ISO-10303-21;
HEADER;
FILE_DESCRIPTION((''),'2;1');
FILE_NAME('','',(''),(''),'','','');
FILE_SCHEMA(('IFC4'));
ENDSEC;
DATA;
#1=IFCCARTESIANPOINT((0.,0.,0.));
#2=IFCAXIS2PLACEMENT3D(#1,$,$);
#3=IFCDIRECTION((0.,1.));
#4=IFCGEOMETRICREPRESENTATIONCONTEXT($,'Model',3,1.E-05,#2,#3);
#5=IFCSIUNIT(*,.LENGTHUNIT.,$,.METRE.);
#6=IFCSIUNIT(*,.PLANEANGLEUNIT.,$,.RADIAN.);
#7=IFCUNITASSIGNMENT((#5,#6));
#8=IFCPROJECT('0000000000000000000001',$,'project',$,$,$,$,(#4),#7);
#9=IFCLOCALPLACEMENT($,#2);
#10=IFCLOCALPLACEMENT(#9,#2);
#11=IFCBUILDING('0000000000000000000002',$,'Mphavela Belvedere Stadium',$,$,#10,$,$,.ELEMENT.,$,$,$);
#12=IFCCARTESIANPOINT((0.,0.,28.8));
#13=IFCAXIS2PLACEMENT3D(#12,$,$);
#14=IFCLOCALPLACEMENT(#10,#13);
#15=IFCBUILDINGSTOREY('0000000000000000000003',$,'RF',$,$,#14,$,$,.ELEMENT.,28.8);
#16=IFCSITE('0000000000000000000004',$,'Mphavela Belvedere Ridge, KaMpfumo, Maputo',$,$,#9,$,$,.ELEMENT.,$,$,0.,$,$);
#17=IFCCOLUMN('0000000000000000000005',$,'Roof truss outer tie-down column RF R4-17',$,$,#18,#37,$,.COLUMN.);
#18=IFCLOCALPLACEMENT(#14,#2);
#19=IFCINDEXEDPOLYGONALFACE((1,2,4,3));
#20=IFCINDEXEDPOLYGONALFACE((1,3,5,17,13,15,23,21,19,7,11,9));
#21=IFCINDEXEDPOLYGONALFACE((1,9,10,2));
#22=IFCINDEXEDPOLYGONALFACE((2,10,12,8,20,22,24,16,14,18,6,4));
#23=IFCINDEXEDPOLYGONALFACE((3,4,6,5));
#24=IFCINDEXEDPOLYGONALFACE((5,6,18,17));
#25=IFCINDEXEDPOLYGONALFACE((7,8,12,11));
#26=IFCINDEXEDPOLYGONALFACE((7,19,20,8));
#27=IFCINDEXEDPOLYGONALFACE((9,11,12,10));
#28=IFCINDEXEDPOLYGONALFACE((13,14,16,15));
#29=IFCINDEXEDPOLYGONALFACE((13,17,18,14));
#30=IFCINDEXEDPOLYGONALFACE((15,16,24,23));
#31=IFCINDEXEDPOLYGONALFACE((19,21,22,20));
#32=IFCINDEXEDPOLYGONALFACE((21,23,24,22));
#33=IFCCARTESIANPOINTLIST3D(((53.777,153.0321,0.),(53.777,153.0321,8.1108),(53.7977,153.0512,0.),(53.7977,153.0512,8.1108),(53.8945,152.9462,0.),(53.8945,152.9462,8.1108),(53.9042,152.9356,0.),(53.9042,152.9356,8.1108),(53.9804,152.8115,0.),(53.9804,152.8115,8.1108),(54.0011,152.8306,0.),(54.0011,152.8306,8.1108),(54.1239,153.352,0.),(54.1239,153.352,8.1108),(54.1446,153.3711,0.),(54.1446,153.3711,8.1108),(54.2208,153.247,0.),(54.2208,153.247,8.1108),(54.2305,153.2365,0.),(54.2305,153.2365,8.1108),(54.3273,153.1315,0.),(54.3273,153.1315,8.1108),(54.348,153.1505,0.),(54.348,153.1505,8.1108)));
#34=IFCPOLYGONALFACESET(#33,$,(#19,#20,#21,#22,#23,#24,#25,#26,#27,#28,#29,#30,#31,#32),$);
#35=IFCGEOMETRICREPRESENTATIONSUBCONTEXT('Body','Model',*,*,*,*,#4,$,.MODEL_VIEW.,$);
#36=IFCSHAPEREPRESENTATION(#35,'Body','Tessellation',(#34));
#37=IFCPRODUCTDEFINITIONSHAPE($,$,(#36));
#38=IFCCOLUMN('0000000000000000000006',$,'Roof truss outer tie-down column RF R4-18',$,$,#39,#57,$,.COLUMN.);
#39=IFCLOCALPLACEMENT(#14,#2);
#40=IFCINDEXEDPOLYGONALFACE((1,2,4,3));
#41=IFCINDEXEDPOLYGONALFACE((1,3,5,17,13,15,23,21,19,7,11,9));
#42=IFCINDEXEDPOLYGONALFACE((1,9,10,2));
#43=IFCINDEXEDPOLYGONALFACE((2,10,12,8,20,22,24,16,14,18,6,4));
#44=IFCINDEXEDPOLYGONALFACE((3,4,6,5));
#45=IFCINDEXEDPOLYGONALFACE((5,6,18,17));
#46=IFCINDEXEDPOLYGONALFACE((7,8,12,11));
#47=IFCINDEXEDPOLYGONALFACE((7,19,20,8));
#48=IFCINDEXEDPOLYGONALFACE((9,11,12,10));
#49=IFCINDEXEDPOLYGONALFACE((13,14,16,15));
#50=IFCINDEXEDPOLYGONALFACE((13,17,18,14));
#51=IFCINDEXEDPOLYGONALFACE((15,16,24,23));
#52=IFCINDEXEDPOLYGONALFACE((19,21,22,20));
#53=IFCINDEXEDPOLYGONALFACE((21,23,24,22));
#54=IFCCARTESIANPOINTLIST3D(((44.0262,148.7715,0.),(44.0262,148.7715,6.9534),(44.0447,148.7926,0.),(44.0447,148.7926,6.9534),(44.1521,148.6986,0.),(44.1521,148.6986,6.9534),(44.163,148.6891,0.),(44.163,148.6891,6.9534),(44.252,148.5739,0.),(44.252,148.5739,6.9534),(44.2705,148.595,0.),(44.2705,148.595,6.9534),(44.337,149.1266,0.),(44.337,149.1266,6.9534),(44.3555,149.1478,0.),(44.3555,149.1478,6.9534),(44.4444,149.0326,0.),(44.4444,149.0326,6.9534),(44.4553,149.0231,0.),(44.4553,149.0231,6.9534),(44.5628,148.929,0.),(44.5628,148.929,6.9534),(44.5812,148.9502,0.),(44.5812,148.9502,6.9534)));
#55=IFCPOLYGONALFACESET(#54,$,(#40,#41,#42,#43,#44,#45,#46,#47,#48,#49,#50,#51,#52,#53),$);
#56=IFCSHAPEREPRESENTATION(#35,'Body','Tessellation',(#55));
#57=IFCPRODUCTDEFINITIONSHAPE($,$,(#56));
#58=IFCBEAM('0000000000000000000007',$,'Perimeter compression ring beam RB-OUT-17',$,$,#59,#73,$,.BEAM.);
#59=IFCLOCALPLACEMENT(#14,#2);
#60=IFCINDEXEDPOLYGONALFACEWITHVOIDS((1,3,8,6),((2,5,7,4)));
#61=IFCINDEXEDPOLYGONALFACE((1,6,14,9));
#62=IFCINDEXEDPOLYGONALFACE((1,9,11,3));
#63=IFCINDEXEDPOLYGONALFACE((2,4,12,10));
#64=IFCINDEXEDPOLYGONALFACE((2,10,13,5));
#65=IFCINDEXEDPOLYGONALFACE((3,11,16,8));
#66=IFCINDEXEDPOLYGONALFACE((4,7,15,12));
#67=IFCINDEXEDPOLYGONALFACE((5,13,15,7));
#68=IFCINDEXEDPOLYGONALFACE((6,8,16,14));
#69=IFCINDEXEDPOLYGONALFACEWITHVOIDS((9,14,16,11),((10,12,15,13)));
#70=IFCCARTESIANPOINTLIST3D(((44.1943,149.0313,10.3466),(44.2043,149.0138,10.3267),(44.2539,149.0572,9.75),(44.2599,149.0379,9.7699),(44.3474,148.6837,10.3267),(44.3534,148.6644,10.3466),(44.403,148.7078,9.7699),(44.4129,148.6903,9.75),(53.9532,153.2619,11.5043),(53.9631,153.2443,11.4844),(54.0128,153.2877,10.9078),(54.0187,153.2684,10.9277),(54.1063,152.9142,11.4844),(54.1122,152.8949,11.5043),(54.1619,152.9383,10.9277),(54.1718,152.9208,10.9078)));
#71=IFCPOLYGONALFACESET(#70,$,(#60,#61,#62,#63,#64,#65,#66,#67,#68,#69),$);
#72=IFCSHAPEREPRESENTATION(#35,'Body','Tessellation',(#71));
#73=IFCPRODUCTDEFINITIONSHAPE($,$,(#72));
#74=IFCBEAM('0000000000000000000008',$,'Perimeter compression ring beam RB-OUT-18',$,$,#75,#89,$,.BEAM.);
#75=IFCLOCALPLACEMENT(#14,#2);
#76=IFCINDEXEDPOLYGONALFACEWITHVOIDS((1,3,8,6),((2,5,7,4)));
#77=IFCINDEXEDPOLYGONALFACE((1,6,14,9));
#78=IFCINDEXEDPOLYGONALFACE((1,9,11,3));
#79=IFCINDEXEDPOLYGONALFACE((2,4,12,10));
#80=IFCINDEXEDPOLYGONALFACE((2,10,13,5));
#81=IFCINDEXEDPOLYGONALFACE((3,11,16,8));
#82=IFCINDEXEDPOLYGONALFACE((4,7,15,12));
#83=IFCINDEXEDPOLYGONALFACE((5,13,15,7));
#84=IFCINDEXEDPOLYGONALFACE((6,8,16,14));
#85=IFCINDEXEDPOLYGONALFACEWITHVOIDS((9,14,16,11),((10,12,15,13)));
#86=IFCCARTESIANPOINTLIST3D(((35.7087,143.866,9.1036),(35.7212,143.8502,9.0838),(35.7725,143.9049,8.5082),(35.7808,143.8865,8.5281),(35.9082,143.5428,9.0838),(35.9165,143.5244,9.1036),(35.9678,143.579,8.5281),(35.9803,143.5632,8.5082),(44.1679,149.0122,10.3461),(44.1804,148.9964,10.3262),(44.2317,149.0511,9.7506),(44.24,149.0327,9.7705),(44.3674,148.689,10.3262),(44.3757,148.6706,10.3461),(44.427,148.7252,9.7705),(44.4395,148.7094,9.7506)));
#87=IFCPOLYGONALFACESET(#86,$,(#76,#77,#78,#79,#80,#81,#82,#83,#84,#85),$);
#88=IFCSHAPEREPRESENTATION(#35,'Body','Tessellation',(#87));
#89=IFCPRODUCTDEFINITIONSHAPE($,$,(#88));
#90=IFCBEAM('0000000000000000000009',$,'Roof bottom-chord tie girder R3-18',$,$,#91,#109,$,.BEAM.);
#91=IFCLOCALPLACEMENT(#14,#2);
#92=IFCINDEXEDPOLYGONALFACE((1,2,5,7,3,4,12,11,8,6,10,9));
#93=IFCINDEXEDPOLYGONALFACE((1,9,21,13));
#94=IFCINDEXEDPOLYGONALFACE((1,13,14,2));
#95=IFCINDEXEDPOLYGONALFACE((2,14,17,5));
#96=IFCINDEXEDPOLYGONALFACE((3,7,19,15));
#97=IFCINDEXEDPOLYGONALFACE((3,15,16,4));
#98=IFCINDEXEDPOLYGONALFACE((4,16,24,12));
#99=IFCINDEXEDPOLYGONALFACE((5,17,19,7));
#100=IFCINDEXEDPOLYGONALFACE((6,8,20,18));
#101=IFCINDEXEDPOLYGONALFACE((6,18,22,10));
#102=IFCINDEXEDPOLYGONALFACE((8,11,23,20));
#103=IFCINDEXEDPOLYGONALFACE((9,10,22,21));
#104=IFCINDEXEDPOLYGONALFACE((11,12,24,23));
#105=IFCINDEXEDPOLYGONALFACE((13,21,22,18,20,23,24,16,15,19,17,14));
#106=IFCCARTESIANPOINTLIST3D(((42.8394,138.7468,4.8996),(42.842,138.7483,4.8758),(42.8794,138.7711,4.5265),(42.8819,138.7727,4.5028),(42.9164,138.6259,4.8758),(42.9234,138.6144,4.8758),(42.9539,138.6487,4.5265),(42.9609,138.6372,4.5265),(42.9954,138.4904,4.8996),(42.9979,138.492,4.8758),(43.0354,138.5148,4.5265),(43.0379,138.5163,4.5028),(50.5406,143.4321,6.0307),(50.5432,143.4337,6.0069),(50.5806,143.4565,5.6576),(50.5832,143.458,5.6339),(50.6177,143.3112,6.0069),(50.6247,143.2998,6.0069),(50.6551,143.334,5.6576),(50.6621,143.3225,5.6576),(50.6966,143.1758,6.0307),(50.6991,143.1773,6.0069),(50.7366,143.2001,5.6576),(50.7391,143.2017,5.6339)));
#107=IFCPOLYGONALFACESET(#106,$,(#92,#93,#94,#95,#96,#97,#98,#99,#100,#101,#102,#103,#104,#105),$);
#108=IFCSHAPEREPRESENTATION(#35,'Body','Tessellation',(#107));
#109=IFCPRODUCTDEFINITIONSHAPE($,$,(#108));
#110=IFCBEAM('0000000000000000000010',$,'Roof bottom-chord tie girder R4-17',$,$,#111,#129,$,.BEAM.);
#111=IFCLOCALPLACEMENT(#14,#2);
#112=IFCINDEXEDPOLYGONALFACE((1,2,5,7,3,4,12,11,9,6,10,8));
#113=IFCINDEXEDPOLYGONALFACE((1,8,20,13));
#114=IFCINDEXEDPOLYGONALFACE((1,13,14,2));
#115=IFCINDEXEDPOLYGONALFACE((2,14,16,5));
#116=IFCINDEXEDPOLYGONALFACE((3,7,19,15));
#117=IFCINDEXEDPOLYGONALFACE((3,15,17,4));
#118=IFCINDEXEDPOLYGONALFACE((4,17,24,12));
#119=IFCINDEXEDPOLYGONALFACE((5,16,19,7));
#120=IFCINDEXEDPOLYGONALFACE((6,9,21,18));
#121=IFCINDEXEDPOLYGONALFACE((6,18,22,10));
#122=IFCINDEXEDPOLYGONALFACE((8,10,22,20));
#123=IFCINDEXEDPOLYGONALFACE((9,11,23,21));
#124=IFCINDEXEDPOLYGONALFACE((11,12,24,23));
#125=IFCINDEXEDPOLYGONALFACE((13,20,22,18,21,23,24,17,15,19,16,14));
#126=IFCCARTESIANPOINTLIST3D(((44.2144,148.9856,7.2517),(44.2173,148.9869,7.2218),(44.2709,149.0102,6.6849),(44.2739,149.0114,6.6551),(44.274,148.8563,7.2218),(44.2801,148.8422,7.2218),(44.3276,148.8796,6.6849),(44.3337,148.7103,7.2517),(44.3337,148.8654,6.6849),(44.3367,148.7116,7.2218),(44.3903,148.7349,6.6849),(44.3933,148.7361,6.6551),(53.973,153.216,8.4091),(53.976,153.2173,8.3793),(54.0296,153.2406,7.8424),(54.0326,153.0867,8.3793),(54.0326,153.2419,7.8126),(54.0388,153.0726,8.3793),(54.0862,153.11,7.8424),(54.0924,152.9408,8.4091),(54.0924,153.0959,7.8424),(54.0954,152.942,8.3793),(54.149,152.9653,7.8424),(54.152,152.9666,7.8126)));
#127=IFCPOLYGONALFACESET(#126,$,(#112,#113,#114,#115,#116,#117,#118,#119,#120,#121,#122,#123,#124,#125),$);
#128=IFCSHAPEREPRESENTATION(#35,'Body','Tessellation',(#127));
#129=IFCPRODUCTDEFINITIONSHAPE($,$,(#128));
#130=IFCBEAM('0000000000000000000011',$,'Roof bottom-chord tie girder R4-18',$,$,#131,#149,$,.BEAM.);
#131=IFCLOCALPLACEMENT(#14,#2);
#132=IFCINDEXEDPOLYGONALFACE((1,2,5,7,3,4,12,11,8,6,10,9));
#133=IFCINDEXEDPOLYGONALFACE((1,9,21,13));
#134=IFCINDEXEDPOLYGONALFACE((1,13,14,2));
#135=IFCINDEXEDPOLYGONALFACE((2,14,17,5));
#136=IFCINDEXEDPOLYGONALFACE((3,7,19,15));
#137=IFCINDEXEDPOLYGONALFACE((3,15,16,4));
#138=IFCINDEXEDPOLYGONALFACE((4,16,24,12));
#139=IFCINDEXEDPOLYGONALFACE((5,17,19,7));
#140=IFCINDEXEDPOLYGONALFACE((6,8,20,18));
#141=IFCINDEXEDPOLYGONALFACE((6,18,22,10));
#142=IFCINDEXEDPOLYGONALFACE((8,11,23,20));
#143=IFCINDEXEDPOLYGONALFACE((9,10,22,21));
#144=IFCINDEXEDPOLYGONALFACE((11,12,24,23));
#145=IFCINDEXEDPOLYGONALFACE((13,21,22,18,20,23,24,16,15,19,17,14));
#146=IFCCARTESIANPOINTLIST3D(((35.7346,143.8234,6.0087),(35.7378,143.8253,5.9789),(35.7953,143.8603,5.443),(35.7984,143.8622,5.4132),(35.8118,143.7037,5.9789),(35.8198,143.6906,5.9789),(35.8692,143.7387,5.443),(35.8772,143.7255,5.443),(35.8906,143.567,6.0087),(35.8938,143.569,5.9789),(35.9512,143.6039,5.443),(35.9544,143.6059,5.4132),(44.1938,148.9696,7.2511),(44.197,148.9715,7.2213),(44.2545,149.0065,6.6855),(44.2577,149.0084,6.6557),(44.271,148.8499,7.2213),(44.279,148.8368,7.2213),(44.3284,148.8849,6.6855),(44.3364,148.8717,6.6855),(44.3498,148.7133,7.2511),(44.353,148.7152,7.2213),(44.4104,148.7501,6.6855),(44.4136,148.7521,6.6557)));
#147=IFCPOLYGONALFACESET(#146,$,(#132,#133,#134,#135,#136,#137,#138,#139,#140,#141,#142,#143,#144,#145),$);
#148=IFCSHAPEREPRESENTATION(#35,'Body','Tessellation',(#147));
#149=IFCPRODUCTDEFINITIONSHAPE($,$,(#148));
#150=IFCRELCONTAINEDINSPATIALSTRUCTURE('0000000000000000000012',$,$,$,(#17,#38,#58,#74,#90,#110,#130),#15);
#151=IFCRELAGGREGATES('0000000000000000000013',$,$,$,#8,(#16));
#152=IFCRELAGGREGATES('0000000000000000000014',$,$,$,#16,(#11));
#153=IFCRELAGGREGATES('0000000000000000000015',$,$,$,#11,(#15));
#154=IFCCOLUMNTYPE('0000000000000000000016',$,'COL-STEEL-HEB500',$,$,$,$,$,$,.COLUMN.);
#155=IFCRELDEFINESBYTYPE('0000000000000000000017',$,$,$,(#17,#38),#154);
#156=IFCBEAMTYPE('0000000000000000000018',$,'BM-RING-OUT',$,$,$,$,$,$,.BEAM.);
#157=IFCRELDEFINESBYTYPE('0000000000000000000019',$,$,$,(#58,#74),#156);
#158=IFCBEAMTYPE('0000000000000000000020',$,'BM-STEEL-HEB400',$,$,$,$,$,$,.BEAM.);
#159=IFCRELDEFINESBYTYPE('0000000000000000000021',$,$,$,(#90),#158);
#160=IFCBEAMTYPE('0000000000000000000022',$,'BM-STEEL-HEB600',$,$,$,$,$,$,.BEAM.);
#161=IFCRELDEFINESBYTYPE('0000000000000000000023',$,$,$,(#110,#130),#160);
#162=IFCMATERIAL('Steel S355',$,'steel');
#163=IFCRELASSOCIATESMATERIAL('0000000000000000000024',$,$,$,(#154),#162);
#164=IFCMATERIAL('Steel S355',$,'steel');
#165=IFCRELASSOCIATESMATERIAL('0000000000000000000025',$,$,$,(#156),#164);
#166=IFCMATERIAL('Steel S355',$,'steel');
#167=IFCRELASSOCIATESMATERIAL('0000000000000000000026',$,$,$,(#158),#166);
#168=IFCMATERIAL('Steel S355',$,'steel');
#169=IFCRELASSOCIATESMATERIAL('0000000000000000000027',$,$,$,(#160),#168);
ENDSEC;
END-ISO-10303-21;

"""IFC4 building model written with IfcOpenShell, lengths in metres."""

from ifc_helpers import new_model, si_unit, direction, frame, origin, origin_2d, place, context, subcontext, project, spatial, hollow_rectangle, i_section, extrude, material, material_profile, profile_set, type_object, element, save


model = new_model("IFC4")

# Units and contexts
model_context = context("Model", 3, precision=1e-05, world=origin(), true_north=direction((0.0, 1.0)))
body_context = subcontext(model_context, "Body", "Model", "MODEL_VIEW")
ifc_project = project(units=[si_unit("LENGTHUNIT", "METRE"), si_unit("PLANEANGLEUNIT", "RADIAN")], contexts=[model_context])

# Site, building, storey
site_placement = place(None, origin())
site = spatial("IfcSite", under=ifc_project, at=site_placement, Name="Mphavela Belvedere Ridge, KaMpfumo, Maputo", CompositionType="ELEMENT", RefElevation=0.0)
building_placement = place(site_placement, origin())
building = spatial("IfcBuilding", under=site, at=building_placement, Name="Mphavela Belvedere Stadium", CompositionType="ELEMENT")
storey_placement = place(building_placement, frame((0.0, 0.0, 28.8)))
storey = spatial("IfcBuildingStorey", under=building, at=storey_placement, Name="RF", CompositionType="ELEMENT", Elevation=28.8)

# Columns
ifc_material_1 = material(Name="Steel S355", Category="steel")
ifc_material_profile_1 = material_profile(ifc_material_1, i_section(OverallWidth=0.3, OverallDepth=0.5, WebThickness=0.0144, FlangeThickness=0.0281, at=origin_2d()), Name="HEB 500")
ifc_profile_set_1 = profile_set([ifc_material_profile_1], Name="Steel S355")
column_type = type_object("IfcColumnType", Name="COL-STEEL-HEB500", PredefinedType="COLUMN", material=ifc_profile_set_1)
column_1_placement = place(storey_placement, frame((54.0625, 153.0913, 0.0), z_axis=(0.0, 0.0, 1.0), x_axis=(-0.677903, 0.735151, 0.0)))
element("IfcColumn", 1, at=column_1_placement, inside=storey, type_object=column_type, Name="Roof truss outer tie-down column RF R4-17", PredefinedType="COLUMN", context=body_context, shape_type="SweptSolid", body=[
    extrude(i_section(OverallWidth=0.3, OverallDepth=0.5, WebThickness=0.0144, FlangeThickness=0.0281, at=origin_2d()), origin(), (0.0, 0.0, 1.0), 8.1108),
])
column_2_placement = place(storey_placement, frame((44.3037, 148.8608, 0.0), z_axis=(0.0, 0.0, 1.0), x_axis=(-0.75253, 0.658558, 0.0)))
element("IfcColumn", 2, at=column_2_placement, inside=storey, type_object=column_type, Name="Roof truss outer tie-down column RF R4-18", PredefinedType="COLUMN", context=body_context, shape_type="SweptSolid", body=[
    extrude(i_section(OverallWidth=0.3, OverallDepth=0.5, WebThickness=0.0144, FlangeThickness=0.0281, at=origin_2d()), origin(), (0.0, 0.0, 1.0), 6.9534),
])

# Beams
ifc_material_2 = material(Name="Steel S355", Category="steel")
ifc_material_profile_2 = material_profile(ifc_material_2, hollow_rectangle(XDim=0.3999, YDim=0.6001, WallThickness=0.02, at=origin_2d()), Name="RHS 600x400x20")
ifc_profile_set_2 = profile_set([ifc_material_profile_2], Name="Steel S355")
beam_type_1 = type_object("IfcBeamType", Name="BM-RING-OUT", PredefinedType="BEAM", material=ifc_profile_set_2)
beam_1_placement = place(storey_placement, frame((54.0625, 153.0913, 11.2061), z_axis=(-0.912112, -0.395403, -0.108207), x_axis=(0.397739, -0.917499, 0.0)))
element("IfcBeam", 3, at=beam_1_placement, inside=storey, type_object=beam_type_1, Name="Perimeter compression ring beam RB-OUT-17", PredefinedType="BEAM", context=body_context, shape_type="SweptSolid", body=[
    extrude(hollow_rectangle(XDim=0.3999, YDim=0.6001, WallThickness=0.02, at=origin_2d()), origin(), (0.0, 0.0, 1.0), 10.6992),
])
beam_2_placement = place(storey_placement, frame((44.3037, 148.8608, 10.0483), z_axis=(-0.847679, -0.515693, -0.124501), x_axis=(0.519737, -0.854327, 0.0)))
element("IfcBeam", 4, at=beam_2_placement, inside=storey, type_object=beam_type_1, Name="Perimeter compression ring beam RB-OUT-18", PredefinedType="BEAM", context=body_context, shape_type="SweptSolid", body=[
    extrude(hollow_rectangle(XDim=0.3999, YDim=0.6001, WallThickness=0.02, at=origin_2d()), origin(), (0.0, 0.0, 1.0), 9.9792),
])
ifc_material_3 = material(Name="Steel S355", Category="steel")
ifc_material_profile_3 = material_profile(ifc_material_3, i_section(OverallWidth=0.3, OverallDepth=0.3999, WebThickness=0.0134, FlangeThickness=0.0239, at=origin_2d()), Name="HEB 400")
ifc_profile_set_3 = profile_set([ifc_material_profile_3], Name="Steel S355")
beam_type_2 = type_object("IfcBeamType", Name="BM-STEEL-HEB400", PredefinedType="BEAM", material=ifc_profile_set_3)
beam_3_placement = place(storey_placement, frame((50.6399, 143.3169, 5.8323), z_axis=(-0.847668, -0.515711, -0.124501), x_axis=(0.519755, -0.854315, 0.0)))
element("IfcBeam", 5, at=beam_3_placement, inside=storey, type_object=beam_type_2, Name="Roof bottom-chord tie girder R3-18", PredefinedType="BEAM", context=body_context, shape_type="SweptSolid", body=[
    extrude(i_section(OverallWidth=0.3, OverallDepth=0.3999, WebThickness=0.0134, FlangeThickness=0.0239, at=origin_2d()), origin(), (0.0, 0.0, 1.0), 9.0852),
])
ifc_material_4 = material(Name="Steel S355", Category="steel")
ifc_material_profile_4 = material_profile(ifc_material_4, i_section(OverallWidth=0.3, OverallDepth=0.6001, WebThickness=0.0154, FlangeThickness=0.03, at=origin_2d()), Name="HEB 600")
ifc_profile_set_4 = profile_set([ifc_material_profile_4], Name="Steel S355")
beam_type_3 = type_object("IfcBeamType", Name="BM-STEEL-HEB600", PredefinedType="BEAM", material=ifc_profile_set_4)
beam_4_placement = place(storey_placement, frame((54.0625, 153.0913, 8.1108), z_axis=(-0.912114, -0.395404, -0.108184), x_axis=(0.397739, -0.917499, 0.0)))
element("IfcBeam", 6, at=beam_4_placement, inside=storey, type_object=beam_type_3, Name="Roof bottom-chord tie girder R4-17", PredefinedType="BEAM", context=body_context, shape_type="SweptSolid", body=[
    extrude(i_section(OverallWidth=0.3, OverallDepth=0.6001, WebThickness=0.0154, FlangeThickness=0.03, at=origin_2d()), origin(), (0.0, 0.0, 1.0), 10.699),
])
beam_5_placement = place(storey_placement, frame((44.3037, 148.8608, 6.9534), z_axis=(-0.847679, -0.515693, -0.124501), x_axis=(0.519737, -0.854327, 0.0)))
element("IfcBeam", 7, at=beam_5_placement, inside=storey, type_object=beam_type_3, Name="Roof bottom-chord tie girder R4-18", PredefinedType="BEAM", context=body_context, shape_type="SweptSolid", body=[
    extrude(i_section(OverallWidth=0.3, OverallDepth=0.6001, WebThickness=0.0154, FlangeThickness=0.03, at=origin_2d()), origin(), (0.0, 0.0, 1.0), 9.9792),
])

save(model, "model.ifc")
